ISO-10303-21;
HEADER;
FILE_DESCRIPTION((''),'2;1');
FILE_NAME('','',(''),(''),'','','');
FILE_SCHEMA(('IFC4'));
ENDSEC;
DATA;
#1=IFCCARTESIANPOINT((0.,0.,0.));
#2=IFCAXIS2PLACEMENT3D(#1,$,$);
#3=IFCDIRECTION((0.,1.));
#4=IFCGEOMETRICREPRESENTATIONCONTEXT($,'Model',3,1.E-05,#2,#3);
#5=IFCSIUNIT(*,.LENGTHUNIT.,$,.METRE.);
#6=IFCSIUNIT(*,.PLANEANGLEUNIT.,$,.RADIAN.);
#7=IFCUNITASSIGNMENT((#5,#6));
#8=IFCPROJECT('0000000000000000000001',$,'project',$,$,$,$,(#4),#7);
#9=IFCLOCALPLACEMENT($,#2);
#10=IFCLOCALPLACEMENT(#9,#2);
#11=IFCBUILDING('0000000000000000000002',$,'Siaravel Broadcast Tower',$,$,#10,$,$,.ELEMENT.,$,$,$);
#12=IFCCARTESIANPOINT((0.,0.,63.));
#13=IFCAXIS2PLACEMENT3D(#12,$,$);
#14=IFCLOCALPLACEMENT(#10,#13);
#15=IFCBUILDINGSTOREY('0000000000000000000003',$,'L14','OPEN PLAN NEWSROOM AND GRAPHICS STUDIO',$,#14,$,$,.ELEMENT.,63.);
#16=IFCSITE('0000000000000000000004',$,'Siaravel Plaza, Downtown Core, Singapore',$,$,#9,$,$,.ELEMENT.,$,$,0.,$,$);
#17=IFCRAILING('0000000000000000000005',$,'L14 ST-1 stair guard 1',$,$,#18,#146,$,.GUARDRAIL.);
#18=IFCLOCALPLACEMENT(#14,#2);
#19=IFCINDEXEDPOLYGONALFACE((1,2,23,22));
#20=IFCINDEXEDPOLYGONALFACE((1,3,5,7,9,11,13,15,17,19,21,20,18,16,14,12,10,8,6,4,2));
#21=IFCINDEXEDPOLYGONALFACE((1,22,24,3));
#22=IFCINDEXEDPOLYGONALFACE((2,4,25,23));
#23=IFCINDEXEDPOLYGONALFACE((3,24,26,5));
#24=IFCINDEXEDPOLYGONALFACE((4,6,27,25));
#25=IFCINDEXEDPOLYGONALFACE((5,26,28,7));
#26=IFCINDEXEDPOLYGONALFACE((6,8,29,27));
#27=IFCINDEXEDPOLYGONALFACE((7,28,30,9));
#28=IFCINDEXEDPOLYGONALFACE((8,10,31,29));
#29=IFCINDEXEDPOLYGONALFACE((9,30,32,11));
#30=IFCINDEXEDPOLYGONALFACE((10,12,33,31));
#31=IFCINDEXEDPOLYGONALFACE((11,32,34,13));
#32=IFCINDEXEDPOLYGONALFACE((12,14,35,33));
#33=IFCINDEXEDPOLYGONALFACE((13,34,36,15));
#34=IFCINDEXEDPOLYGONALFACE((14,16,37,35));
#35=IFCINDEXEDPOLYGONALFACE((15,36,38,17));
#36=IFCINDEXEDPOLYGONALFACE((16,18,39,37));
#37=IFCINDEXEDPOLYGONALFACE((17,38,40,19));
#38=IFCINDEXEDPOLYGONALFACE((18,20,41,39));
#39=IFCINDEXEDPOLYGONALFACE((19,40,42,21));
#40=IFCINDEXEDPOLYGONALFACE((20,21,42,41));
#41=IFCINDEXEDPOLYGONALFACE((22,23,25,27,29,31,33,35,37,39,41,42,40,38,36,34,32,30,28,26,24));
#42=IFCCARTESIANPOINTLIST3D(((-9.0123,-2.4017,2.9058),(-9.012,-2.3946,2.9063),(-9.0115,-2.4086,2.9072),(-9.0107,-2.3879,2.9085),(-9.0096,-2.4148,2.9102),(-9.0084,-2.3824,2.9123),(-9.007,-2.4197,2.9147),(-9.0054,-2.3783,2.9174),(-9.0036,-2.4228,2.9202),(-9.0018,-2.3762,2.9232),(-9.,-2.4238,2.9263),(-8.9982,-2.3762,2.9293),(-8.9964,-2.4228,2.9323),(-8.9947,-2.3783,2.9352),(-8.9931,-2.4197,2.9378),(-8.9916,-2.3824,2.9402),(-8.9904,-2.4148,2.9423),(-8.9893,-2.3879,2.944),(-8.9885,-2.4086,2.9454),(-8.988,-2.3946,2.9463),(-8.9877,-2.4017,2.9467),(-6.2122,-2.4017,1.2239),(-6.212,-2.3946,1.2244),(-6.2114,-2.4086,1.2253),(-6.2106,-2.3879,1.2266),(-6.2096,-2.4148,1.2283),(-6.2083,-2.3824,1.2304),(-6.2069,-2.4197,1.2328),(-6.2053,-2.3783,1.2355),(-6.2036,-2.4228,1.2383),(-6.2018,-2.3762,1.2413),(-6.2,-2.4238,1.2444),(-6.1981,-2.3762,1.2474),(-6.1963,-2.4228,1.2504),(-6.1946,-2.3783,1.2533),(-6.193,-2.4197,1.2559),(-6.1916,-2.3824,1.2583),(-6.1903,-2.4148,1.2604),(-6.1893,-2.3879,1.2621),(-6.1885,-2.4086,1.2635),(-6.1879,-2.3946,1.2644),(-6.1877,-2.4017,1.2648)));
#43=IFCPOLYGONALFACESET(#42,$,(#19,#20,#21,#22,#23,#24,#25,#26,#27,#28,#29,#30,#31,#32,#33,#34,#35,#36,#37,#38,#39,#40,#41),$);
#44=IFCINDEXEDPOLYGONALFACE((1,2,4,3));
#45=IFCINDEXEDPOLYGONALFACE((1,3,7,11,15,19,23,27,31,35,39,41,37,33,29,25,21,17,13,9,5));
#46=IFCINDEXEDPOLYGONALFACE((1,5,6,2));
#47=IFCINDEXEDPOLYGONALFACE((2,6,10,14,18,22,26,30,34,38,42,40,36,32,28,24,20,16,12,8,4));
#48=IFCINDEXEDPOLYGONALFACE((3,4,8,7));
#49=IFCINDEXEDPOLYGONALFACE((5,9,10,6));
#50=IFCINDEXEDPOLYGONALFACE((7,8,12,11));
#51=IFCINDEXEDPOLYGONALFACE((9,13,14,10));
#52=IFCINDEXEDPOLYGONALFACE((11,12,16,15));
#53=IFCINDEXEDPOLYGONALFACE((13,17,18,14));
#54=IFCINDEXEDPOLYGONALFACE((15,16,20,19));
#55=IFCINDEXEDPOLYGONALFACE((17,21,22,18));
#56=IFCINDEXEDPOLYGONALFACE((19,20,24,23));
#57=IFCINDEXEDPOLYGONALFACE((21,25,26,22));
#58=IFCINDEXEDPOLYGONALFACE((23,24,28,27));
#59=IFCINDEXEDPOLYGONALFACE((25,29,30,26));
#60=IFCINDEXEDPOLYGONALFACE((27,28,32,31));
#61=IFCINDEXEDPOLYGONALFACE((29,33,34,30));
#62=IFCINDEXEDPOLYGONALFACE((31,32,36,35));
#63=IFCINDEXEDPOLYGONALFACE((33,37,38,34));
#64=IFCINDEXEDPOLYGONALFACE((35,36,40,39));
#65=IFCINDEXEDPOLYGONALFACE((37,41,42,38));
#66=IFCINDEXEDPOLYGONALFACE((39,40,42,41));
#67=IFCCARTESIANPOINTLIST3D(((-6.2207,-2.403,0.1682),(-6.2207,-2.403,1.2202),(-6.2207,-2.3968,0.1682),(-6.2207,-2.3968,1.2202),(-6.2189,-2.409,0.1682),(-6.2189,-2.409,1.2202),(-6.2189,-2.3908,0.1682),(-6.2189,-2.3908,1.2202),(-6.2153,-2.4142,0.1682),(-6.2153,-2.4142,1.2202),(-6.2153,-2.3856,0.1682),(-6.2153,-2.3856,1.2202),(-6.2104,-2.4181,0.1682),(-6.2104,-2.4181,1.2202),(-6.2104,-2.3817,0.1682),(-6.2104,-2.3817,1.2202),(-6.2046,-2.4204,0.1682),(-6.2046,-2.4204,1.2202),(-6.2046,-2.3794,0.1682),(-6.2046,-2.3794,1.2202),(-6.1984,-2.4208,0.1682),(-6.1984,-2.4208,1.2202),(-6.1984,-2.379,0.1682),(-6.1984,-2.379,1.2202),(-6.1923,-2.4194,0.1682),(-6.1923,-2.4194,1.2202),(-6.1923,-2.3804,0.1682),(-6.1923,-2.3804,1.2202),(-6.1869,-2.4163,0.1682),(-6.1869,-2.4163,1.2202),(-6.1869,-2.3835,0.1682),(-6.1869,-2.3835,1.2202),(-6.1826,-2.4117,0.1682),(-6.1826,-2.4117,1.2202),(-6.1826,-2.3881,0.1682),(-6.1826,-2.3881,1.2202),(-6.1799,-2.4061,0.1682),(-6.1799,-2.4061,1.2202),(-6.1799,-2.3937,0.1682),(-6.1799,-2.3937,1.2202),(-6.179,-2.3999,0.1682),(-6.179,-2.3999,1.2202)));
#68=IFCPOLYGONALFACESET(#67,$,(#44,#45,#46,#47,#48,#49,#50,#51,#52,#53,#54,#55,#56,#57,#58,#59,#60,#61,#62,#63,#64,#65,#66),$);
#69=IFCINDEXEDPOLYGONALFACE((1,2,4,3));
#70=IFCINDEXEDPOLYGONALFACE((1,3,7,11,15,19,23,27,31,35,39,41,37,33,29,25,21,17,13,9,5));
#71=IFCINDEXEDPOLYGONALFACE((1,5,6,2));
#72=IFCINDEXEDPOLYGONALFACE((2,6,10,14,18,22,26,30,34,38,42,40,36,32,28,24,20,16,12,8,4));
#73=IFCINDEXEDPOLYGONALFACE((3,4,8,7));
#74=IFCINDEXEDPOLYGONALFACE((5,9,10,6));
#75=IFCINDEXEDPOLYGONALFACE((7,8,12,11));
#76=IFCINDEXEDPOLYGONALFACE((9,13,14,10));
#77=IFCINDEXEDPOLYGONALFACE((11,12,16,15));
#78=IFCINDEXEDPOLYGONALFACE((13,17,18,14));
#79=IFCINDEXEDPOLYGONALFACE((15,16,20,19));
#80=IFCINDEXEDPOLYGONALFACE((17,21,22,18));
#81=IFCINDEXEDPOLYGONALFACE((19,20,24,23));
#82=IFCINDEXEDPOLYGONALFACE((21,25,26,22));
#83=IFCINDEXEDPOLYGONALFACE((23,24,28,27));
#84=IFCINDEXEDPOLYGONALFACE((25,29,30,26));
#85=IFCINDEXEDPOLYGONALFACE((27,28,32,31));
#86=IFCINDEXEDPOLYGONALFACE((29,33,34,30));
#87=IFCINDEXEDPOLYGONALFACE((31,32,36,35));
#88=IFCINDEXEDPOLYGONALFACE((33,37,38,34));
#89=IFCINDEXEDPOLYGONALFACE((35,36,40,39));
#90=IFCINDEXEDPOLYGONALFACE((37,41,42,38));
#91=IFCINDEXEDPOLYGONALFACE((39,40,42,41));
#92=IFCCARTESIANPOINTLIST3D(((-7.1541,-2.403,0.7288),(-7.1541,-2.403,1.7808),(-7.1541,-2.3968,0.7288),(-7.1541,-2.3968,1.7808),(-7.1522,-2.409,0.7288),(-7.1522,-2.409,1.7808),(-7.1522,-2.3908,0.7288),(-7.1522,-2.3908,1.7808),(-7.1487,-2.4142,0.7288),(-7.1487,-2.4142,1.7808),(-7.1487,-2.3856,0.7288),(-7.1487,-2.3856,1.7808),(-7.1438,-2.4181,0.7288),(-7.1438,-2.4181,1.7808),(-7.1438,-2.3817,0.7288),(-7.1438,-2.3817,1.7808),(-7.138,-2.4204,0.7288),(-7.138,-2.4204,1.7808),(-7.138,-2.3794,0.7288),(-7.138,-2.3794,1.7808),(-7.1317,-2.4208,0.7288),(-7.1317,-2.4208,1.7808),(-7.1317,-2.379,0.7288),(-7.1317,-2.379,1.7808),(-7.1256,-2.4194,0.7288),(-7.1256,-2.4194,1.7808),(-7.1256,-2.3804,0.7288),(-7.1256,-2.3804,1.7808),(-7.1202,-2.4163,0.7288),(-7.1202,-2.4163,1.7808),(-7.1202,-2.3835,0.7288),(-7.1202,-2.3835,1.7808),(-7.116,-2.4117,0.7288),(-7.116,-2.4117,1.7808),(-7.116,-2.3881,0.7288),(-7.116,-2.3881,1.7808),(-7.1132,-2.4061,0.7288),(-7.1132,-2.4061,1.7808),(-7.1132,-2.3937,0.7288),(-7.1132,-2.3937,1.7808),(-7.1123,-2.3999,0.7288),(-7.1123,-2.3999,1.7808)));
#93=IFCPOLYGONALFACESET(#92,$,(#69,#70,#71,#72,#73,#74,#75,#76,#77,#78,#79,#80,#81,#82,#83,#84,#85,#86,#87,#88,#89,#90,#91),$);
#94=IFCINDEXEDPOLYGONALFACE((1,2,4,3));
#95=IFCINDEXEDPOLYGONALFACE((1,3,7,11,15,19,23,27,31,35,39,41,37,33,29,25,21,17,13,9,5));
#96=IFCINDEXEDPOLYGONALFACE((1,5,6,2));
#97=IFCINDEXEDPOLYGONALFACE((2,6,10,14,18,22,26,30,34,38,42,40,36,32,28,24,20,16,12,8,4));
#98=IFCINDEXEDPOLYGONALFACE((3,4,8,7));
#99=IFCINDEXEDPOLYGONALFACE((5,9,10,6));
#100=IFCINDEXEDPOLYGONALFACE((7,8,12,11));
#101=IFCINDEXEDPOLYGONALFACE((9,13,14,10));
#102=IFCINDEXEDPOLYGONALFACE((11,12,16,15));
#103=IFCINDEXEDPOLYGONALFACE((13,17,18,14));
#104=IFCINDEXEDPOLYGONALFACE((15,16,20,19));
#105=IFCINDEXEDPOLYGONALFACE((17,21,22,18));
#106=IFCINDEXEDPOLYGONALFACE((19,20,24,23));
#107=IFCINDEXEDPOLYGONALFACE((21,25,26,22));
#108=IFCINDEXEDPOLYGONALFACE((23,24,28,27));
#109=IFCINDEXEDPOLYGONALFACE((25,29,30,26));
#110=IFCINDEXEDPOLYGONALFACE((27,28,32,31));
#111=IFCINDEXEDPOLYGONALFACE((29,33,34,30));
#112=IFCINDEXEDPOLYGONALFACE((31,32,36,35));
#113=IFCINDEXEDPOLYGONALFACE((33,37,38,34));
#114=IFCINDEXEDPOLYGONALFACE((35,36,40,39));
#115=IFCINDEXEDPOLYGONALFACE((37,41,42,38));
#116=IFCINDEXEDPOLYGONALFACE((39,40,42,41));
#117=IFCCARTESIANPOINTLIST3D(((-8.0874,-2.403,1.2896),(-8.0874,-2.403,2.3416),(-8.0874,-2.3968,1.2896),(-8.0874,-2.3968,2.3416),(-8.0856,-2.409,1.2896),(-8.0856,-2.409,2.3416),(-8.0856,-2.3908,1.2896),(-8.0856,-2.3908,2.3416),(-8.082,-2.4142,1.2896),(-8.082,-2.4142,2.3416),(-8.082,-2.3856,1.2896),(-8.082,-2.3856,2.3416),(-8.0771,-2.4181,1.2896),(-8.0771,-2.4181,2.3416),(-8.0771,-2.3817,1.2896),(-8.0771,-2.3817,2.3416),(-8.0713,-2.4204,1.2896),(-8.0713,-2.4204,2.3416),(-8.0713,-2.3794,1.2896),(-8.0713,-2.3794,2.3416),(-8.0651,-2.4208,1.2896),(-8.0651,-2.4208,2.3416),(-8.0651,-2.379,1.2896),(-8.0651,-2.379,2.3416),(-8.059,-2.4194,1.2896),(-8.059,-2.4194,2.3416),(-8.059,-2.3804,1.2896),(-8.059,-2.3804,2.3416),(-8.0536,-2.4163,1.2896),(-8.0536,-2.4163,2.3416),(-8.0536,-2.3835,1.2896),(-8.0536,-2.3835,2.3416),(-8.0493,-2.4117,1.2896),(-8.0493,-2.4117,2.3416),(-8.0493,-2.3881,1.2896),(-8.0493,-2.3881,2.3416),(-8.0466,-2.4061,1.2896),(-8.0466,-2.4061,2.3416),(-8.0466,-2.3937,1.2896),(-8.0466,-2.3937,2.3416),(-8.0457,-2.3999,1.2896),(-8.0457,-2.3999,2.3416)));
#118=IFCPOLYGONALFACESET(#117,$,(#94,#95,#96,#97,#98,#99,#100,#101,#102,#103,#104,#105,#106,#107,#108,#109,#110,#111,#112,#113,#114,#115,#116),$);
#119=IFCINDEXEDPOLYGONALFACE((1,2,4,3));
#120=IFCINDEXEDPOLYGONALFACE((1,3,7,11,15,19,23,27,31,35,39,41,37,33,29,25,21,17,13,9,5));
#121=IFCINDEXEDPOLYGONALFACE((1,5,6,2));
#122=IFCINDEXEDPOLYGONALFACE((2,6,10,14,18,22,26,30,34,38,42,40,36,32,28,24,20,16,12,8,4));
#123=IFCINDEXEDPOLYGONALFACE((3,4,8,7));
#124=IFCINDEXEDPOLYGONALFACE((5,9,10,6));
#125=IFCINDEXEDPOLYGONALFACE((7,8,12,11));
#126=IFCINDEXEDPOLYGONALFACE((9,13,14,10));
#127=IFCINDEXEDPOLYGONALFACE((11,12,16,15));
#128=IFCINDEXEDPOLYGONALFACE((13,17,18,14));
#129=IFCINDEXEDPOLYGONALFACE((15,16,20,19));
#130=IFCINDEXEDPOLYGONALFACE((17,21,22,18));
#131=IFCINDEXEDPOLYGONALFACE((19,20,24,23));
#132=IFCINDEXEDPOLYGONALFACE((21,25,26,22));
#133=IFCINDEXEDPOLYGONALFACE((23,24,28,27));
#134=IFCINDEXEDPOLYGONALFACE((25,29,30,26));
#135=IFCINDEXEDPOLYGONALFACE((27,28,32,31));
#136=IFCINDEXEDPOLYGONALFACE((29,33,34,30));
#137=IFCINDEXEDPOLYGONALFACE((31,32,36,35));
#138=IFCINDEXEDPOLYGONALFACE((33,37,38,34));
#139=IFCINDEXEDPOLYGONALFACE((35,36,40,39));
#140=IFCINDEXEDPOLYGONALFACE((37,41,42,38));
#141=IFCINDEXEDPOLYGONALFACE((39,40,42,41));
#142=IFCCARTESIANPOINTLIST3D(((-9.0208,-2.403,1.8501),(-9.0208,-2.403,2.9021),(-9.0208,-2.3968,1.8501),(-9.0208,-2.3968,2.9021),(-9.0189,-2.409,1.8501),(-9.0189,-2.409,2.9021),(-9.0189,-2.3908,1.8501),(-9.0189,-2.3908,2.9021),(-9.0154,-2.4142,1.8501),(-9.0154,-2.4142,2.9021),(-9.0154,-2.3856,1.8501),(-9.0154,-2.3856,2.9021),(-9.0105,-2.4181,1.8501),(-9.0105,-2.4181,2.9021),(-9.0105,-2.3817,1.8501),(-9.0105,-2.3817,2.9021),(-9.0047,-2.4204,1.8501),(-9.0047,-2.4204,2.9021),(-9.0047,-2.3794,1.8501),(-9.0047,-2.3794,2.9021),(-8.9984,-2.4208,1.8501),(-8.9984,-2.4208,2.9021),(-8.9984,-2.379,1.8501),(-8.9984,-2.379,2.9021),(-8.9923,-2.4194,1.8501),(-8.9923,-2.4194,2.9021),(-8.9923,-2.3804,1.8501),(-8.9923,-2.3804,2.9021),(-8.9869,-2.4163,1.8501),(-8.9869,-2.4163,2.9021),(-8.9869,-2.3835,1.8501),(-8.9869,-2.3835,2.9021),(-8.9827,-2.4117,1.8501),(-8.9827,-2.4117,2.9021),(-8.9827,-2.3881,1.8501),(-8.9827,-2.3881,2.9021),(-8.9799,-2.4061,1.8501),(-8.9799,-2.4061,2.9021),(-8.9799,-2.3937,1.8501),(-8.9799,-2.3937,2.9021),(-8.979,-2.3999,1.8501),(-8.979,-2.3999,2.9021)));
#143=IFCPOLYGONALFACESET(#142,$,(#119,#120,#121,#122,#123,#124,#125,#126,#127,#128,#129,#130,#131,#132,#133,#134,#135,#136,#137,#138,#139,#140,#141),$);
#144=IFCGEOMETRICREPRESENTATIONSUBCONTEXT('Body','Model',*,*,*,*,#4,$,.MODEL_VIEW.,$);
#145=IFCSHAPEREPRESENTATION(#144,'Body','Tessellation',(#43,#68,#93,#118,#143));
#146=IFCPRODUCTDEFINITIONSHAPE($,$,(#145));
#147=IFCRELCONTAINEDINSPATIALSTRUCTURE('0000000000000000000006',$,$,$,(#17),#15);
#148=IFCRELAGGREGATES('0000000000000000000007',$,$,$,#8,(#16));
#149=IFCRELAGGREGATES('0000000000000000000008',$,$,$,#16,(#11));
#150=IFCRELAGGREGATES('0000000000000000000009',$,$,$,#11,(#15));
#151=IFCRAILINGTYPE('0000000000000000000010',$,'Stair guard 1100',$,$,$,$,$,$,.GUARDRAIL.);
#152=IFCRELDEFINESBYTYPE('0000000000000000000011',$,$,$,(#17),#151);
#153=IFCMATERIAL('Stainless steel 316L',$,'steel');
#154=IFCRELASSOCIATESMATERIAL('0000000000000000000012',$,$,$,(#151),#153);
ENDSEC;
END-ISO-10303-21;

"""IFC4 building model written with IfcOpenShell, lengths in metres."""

from ifc_helpers import new_model, si_unit, direction, frame, origin, origin_2d, place, context, subcontext, project, spatial, circle, extrude, material, type_object, element, save


model = new_model("IFC4")

# Units and contexts
model_context = context("Model", 3, precision=1e-05, world=origin(), true_north=direction((0.0, 1.0)))
body_context = subcontext(model_context, "Body", "Model", "MODEL_VIEW")
ifc_project = project(units=[si_unit("LENGTHUNIT", "METRE"), si_unit("PLANEANGLEUNIT", "RADIAN")], contexts=[model_context])

# Site, building, storey
site_placement = place(None, origin())
site = spatial("IfcSite", under=ifc_project, at=site_placement, Name="Siaravel Plaza, Downtown Core, Singapore", CompositionType="ELEMENT", RefElevation=0.0)
building_placement = place(site_placement, origin())
building = spatial("IfcBuilding", under=site, at=building_placement, Name="Siaravel Broadcast Tower", CompositionType="ELEMENT")
storey_placement = place(building_placement, frame((0.0, 0.0, 63.0)))
storey = spatial("IfcBuildingStorey", under=building, at=storey_placement, Name="L14", Description="OPEN PLAN NEWSROOM AND GRAPHICS STUDIO", CompositionType="ELEMENT", Elevation=63.0)

# Railing
ifc_material_1 = material(Name="Stainless steel 316L", Category="steel")
railing_type_1 = type_object("IfcRailingType", Name="Stair guard 1100", PredefinedType="GUARDRAIL", material=ifc_material_1)
railing_1_placement = place(storey_placement, frame((-6.2, -2.3999, 0.1682)))
element("IfcRailing", 1, at=railing_1_placement, inside=storey, type_object=railing_type_1, Name="L14 ST-1 stair guard 1", PredefinedType="GUARDRAIL", context=body_context, shape_type="SweptSolid", body=[
    extrude(circle(Radius=0.0239, at=origin_2d()), frame((0.0, 0.0, 1.0762), z_axis=(-0.857242, 0.0, 0.514913), x_axis=(0.0, -1.0, 0.0)), (0.0, 0.0, 1.0), 3.2664),
    extrude(circle(Radius=0.021, at=origin_2d()), origin(), (0.0, 0.0, 1.0), 1.052),
    extrude(circle(Radius=0.021, at=origin_2d()), frame((-0.9333, 0.0, 0.5605)), (0.0, 0.0, 1.0), 1.052),
    extrude(circle(Radius=0.021, at=origin_2d()), frame((-1.8667, 0.0, 1.1213)), (0.0, 0.0, 1.0), 1.052),
    extrude(circle(Radius=0.021, at=origin_2d()), frame((-2.8, 0.0, 1.6819)), (0.0, 0.0, 1.0), 1.052),
])

save(model, "model.ifc")
